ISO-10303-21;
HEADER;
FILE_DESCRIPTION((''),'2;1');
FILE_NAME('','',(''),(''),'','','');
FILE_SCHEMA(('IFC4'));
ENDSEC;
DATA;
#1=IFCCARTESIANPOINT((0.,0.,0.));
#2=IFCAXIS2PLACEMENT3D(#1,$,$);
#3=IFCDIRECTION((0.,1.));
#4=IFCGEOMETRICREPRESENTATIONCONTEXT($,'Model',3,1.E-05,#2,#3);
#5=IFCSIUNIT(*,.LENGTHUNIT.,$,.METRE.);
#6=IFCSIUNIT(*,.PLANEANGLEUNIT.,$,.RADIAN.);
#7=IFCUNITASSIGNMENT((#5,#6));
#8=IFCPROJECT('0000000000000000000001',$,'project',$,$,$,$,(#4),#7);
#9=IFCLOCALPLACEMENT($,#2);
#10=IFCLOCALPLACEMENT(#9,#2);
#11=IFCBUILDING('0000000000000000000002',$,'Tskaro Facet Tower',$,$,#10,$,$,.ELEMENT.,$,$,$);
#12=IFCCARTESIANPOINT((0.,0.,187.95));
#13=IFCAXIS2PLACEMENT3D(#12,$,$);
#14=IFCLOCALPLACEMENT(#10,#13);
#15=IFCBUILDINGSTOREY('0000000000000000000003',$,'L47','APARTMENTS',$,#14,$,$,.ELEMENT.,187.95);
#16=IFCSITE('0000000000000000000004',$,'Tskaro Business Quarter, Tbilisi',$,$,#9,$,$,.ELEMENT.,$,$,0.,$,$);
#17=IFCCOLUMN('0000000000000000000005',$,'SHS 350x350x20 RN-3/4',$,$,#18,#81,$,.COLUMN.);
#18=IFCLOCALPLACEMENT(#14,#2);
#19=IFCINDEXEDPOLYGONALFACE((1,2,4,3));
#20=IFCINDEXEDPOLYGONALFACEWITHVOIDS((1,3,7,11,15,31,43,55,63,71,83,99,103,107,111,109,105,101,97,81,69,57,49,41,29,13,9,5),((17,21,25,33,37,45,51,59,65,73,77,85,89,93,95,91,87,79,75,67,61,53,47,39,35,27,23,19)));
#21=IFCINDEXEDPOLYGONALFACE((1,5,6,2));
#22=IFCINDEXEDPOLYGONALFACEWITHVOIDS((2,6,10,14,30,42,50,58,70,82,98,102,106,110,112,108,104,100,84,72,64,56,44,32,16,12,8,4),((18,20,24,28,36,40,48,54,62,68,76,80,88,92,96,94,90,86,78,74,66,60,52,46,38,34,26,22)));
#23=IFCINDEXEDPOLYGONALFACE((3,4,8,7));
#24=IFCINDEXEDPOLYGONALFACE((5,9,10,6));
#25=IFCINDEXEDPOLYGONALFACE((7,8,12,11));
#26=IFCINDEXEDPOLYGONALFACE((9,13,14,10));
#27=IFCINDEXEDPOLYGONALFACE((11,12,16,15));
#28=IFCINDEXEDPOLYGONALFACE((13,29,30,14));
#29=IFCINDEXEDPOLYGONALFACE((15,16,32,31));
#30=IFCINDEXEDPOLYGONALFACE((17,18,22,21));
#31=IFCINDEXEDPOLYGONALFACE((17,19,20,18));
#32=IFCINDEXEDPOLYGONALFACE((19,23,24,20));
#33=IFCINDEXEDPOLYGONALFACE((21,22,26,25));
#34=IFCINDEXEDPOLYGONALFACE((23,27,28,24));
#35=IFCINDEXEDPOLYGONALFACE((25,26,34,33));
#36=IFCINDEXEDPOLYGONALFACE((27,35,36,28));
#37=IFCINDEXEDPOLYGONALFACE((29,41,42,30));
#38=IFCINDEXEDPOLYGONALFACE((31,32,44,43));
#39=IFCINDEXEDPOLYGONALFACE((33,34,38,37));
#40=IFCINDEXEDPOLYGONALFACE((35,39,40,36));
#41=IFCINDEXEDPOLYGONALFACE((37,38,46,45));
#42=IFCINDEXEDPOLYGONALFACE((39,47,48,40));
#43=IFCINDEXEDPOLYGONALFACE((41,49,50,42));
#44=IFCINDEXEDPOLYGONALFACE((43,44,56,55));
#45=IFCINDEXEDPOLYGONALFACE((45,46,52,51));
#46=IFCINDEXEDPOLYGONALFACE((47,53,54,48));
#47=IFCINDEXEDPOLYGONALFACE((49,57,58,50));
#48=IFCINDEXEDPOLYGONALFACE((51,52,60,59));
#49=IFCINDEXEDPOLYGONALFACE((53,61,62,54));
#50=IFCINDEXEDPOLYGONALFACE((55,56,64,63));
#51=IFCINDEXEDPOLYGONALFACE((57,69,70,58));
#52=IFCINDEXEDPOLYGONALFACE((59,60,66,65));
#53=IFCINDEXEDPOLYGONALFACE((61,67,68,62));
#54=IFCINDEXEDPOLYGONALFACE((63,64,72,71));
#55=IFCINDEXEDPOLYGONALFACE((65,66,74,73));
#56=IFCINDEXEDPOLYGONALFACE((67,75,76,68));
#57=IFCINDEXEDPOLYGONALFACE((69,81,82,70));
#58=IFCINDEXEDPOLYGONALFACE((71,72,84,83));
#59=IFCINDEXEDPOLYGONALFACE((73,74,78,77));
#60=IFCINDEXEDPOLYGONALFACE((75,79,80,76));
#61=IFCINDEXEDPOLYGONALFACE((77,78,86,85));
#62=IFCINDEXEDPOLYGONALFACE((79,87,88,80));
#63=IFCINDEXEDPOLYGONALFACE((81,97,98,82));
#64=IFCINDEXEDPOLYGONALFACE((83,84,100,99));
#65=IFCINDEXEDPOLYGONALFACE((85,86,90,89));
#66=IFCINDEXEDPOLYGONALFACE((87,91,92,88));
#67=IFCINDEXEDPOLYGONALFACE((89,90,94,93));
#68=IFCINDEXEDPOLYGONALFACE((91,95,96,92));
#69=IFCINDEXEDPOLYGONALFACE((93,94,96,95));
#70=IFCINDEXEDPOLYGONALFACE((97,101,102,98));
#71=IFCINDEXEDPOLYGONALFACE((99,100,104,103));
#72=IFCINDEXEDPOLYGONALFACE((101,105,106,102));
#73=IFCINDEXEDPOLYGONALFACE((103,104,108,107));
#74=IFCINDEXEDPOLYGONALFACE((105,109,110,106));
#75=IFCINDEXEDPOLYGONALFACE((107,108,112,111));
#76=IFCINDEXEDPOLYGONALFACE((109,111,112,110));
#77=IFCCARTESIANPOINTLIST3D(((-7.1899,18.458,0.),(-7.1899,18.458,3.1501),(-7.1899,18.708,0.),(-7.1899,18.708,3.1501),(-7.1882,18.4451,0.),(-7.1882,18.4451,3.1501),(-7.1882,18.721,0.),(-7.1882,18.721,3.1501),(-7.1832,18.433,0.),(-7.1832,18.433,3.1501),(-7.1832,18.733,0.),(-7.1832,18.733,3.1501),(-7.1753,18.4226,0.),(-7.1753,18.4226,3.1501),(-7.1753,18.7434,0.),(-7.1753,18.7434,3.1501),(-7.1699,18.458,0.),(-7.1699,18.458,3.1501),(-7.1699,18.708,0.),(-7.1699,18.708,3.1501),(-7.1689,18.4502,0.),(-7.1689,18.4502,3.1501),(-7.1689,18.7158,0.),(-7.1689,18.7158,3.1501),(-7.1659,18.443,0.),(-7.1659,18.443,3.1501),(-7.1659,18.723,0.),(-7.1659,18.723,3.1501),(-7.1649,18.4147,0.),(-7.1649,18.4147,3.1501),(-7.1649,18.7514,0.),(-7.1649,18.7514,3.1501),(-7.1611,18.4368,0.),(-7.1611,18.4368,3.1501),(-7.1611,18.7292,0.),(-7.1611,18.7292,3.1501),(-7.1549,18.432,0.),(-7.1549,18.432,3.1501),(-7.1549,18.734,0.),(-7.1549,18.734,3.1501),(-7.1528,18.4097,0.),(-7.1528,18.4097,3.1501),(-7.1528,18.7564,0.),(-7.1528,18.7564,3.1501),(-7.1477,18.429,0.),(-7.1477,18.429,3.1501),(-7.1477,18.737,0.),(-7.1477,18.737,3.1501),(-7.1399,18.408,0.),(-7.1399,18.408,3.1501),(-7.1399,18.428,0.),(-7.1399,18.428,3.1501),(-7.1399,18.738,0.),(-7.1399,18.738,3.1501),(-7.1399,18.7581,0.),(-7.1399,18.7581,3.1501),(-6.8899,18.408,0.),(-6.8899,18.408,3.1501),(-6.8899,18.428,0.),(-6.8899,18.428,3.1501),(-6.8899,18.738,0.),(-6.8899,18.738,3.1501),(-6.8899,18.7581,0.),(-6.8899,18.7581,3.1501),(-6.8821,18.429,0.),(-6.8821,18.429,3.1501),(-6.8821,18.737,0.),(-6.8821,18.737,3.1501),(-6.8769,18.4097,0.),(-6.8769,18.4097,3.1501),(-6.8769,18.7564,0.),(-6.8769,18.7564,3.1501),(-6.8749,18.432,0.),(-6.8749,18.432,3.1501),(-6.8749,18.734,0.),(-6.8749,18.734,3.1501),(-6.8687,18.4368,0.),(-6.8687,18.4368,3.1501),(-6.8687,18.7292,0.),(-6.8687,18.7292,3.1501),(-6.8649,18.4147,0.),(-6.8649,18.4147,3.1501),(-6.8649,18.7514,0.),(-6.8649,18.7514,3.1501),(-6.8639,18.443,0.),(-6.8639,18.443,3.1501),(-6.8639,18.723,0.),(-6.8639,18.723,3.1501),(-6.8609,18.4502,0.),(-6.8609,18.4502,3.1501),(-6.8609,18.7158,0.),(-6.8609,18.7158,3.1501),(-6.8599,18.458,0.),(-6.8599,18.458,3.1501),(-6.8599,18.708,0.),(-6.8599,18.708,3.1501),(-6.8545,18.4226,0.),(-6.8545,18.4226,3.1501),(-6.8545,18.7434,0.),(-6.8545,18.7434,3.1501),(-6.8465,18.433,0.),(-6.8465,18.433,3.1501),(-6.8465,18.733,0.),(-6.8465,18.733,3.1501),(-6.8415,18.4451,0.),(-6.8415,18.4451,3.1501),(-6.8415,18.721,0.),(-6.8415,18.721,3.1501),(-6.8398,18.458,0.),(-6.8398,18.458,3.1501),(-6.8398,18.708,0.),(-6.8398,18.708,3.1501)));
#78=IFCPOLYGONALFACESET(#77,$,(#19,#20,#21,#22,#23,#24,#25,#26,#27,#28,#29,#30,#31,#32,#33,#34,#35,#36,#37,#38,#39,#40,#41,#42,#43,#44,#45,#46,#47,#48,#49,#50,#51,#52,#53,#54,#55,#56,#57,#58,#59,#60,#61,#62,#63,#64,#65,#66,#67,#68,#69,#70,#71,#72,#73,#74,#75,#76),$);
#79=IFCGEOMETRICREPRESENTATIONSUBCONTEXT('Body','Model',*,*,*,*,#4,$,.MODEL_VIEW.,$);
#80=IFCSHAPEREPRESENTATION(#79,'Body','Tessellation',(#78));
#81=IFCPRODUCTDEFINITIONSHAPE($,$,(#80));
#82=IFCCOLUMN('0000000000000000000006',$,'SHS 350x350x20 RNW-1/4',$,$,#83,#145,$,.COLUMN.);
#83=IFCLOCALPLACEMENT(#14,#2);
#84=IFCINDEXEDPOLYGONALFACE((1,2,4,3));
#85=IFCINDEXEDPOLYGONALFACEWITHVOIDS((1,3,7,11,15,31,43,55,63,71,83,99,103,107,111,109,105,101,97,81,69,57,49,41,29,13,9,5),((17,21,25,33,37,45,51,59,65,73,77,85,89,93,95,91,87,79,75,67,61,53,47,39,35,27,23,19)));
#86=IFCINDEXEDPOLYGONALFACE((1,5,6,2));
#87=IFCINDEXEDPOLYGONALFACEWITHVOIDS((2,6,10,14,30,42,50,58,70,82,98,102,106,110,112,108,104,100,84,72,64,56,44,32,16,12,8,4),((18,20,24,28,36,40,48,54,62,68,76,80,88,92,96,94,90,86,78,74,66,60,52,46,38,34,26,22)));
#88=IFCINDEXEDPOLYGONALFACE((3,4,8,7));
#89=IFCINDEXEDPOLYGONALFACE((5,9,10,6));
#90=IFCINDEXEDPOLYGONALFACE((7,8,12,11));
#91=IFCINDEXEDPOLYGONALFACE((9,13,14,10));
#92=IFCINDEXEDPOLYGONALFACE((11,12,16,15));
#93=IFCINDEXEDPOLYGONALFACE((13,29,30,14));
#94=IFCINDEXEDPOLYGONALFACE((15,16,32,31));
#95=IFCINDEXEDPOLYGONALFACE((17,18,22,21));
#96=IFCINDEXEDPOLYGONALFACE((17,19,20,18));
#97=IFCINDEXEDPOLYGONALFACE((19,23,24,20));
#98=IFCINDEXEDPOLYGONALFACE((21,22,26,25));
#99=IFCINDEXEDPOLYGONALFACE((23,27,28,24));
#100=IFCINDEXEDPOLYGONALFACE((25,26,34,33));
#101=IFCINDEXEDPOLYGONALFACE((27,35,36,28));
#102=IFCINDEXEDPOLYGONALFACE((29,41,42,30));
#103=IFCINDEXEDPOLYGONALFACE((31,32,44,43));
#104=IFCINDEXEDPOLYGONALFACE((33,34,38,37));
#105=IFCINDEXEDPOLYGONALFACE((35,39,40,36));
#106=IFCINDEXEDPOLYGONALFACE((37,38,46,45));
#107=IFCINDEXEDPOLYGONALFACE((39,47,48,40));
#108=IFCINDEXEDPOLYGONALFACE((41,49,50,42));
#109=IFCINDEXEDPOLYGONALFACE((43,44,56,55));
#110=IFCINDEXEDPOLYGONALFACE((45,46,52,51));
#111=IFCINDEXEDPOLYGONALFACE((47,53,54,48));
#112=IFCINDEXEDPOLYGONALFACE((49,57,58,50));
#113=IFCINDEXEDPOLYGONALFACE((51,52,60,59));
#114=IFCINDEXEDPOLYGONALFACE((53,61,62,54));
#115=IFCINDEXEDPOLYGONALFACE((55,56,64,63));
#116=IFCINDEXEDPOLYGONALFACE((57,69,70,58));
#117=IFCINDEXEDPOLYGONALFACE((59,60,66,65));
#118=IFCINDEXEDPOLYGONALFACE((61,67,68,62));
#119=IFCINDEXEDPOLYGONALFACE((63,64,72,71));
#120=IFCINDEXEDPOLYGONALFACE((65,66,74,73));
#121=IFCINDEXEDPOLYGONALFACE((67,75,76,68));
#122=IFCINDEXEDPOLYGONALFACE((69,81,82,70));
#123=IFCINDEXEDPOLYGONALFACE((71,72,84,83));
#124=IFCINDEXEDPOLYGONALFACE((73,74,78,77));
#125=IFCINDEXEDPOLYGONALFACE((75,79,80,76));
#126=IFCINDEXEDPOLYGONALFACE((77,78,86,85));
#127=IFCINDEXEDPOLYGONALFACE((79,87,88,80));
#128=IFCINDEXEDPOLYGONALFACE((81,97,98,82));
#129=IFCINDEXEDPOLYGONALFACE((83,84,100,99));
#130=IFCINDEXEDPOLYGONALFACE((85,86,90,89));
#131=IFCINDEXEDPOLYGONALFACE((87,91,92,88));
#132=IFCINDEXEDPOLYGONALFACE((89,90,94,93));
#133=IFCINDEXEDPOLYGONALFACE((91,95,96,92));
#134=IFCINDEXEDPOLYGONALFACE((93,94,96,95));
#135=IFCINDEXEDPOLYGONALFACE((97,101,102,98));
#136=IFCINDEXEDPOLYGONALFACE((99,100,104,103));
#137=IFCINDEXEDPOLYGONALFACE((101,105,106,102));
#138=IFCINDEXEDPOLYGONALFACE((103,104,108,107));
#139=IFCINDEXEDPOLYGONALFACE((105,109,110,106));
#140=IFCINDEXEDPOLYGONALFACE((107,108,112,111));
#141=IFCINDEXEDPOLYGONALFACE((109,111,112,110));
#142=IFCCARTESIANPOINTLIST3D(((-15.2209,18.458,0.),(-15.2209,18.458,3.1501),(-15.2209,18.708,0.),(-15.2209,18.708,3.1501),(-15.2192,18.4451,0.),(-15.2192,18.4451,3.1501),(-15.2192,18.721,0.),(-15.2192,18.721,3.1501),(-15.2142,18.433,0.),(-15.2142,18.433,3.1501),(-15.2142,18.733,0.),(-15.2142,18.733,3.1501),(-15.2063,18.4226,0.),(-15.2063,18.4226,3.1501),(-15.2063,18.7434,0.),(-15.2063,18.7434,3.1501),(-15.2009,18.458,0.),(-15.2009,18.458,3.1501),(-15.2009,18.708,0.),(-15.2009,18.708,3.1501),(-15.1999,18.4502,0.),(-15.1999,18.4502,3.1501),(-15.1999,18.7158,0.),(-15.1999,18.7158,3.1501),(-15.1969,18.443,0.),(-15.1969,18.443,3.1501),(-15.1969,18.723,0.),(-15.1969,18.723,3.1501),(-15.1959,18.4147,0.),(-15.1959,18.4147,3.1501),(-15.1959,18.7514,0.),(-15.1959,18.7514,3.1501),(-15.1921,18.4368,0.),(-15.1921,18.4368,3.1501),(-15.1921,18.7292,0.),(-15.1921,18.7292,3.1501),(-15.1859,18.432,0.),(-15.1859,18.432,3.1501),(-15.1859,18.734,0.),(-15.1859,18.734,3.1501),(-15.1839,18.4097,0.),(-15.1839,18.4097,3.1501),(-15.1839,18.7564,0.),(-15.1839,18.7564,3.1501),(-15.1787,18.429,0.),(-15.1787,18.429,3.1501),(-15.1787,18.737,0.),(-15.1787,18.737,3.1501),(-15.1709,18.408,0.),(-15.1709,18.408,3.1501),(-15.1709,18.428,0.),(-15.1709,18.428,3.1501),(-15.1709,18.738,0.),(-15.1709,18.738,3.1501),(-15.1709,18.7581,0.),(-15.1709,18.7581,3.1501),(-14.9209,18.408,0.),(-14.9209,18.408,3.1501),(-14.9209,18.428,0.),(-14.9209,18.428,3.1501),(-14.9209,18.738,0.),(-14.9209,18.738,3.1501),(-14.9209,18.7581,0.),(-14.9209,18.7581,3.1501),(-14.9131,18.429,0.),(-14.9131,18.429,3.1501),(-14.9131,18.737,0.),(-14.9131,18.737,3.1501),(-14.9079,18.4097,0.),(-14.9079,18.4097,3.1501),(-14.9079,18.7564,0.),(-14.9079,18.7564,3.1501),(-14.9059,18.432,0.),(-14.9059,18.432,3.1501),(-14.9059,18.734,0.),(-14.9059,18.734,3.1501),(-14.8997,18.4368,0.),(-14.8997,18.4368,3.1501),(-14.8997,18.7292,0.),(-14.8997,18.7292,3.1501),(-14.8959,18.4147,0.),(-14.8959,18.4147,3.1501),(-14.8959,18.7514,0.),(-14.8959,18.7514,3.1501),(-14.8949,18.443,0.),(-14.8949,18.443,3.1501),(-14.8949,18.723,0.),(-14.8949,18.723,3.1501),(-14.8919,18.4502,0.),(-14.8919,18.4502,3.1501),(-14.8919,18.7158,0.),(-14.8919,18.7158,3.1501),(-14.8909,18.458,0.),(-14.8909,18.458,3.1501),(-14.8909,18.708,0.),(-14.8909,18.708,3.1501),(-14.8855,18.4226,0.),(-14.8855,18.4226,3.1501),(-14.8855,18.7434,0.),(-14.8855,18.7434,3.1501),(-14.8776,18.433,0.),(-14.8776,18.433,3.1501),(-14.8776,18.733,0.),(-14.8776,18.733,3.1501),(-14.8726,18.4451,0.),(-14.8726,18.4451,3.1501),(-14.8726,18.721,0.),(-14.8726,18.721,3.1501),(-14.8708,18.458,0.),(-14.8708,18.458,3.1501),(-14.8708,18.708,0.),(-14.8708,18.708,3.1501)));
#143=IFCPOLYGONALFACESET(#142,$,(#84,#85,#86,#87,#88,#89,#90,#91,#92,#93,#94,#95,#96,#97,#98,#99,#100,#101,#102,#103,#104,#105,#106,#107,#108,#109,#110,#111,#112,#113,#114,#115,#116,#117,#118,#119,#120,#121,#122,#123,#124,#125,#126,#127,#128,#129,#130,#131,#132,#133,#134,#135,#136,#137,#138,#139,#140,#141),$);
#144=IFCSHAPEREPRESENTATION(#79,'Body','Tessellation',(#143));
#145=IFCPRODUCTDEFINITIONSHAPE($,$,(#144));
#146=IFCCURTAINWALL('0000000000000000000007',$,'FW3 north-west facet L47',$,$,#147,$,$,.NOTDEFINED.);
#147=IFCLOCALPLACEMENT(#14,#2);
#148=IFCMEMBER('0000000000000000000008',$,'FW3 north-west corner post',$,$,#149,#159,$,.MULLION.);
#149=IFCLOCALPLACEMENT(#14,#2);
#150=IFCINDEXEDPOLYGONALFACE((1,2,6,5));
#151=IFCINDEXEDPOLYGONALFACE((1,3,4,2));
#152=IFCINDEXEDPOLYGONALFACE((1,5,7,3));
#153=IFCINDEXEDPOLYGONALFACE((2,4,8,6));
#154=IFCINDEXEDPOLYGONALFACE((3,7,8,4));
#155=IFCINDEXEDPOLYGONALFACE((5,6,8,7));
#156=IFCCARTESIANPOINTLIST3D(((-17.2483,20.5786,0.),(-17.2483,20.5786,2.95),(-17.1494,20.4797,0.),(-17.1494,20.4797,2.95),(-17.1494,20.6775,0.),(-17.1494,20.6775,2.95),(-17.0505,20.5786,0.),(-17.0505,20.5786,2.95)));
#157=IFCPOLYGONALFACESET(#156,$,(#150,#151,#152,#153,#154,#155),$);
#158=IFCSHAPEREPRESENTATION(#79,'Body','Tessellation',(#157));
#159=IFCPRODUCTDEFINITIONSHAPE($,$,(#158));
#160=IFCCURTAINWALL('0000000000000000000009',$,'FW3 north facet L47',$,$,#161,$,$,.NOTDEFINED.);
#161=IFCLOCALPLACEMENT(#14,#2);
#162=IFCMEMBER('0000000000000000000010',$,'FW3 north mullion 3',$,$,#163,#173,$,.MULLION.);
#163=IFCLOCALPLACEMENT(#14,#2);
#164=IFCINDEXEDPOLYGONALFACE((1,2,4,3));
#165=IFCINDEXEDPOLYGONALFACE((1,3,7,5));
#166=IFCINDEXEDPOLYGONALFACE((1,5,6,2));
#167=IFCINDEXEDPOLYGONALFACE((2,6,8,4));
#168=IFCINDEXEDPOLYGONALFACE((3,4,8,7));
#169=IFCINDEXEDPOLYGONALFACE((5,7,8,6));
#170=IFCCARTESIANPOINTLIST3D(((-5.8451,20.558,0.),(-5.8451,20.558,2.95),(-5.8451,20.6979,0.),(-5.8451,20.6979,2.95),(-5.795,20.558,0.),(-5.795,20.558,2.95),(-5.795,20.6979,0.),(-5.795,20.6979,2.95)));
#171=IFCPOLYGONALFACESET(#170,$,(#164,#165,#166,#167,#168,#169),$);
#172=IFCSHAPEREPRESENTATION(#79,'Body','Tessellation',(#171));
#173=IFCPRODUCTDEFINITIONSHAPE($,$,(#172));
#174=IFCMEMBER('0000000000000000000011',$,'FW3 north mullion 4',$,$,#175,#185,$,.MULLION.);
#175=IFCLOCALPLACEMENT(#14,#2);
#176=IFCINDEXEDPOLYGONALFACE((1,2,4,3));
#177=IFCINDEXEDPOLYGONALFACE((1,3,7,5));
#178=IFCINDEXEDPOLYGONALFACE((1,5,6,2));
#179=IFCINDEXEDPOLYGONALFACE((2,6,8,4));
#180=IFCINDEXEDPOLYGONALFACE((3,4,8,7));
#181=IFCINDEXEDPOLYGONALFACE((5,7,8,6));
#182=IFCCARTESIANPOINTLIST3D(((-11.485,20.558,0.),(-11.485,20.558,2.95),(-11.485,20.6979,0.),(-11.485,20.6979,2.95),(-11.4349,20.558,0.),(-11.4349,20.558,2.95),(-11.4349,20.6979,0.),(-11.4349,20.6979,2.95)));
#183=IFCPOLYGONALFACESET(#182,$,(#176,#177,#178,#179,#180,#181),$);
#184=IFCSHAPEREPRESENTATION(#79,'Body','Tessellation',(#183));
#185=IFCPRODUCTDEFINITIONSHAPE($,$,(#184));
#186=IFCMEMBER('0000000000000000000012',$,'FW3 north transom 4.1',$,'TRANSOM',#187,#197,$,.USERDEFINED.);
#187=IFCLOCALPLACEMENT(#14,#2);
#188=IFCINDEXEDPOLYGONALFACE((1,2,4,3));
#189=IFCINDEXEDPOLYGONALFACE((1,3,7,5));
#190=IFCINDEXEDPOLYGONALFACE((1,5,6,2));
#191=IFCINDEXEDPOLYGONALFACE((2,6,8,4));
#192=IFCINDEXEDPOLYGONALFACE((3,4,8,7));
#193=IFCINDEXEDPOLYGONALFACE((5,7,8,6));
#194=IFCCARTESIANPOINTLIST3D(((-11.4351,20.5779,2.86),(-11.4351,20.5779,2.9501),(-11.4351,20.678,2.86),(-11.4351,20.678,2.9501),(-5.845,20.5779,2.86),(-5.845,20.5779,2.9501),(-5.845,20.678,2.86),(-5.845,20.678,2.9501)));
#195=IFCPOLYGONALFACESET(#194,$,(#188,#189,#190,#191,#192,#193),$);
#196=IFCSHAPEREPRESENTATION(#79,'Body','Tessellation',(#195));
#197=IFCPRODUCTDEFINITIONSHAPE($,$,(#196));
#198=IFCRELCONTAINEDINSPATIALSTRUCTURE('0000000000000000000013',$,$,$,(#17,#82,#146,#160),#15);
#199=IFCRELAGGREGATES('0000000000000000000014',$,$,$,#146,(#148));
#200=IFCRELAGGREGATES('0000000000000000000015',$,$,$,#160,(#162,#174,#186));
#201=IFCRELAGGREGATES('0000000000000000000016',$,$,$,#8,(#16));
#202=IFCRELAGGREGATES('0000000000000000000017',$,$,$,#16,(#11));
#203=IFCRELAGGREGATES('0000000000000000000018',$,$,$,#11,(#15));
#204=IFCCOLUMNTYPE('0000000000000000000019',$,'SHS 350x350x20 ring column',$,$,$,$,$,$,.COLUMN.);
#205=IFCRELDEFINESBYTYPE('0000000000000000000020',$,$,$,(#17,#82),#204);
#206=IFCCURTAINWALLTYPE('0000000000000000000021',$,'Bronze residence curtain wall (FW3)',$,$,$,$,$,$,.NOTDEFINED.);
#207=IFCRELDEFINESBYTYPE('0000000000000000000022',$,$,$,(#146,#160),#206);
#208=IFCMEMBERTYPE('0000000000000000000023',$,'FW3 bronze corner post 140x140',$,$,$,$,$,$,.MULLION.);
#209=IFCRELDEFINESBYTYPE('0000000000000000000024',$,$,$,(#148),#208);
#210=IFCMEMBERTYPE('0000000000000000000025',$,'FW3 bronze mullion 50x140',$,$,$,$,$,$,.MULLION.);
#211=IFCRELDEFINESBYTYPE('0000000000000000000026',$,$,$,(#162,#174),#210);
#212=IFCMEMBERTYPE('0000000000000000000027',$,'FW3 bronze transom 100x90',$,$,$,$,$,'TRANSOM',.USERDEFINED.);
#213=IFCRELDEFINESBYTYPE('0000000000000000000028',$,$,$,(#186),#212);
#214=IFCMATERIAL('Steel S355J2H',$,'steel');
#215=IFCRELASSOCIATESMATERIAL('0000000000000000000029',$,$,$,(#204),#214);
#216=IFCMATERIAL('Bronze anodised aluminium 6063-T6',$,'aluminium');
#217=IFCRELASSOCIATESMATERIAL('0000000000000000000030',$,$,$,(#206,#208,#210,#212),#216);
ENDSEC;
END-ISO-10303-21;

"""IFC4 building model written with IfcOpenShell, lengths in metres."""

from ifc_helpers import new_model, si_unit, direction, frame, origin, origin_2d, place, context, subcontext, project, spatial, rectangle, hollow_rectangle, extrude, material, material_profile, profile_set, type_object, element, aggregate, save


model = new_model("IFC4")

# Units and contexts
model_context = context("Model", 3, precision=1e-05, world=origin(), true_north=direction((0.0, 1.0)))
body_context = subcontext(model_context, "Body", "Model", "MODEL_VIEW")
ifc_project = project(units=[si_unit("LENGTHUNIT", "METRE"), si_unit("PLANEANGLEUNIT", "RADIAN")], contexts=[model_context])

# Site, building, storey
site_placement = place(None, origin())
site = spatial("IfcSite", under=ifc_project, at=site_placement, Name="Tskaro Business Quarter, Tbilisi", CompositionType="ELEMENT", RefElevation=0.0)
building_placement = place(site_placement, origin())
building = spatial("IfcBuilding", under=site, at=building_placement, Name="Tskaro Facet Tower", CompositionType="ELEMENT")
storey_placement = place(building_placement, frame((0.0, 0.0, 187.95)))
storey = spatial("IfcBuildingStorey", under=building, at=storey_placement, Name="L47", Description="APARTMENTS", CompositionType="ELEMENT", Elevation=187.95)

# Columns
ifc_material_1 = material(Name="Steel S355J2H", Category="steel")
ifc_material_profile_1 = material_profile(ifc_material_1, hollow_rectangle(XDim=0.3501, YDim=0.3501, WallThickness=0.02, InnerFilletRadius=0.03, OuterFilletRadius=0.05, at=origin_2d()), Name="SHS 350x350x20")
ifc_profile_set_1 = profile_set([ifc_material_profile_1], Name="Steel S355J2H")
column_type = type_object("IfcColumnType", Name="SHS 350x350x20 ring column", PredefinedType="COLUMN", material=ifc_profile_set_1)
for number, where, z_axis, x_axis, name in (
    (1, (-7.0149, 18.583, 0.0), (0.0, 0.0, 1.0), (1.0, 0.0, 0.0), "SHS 350x350x20 RN-3/4"),
    (2, (-15.0459, 18.583, 0.0), (0.0, 0.0, 1.0), (1.0, 0.0, 0.0), "SHS 350x350x20 RNW-1/4"),
):
    element("IfcColumn", number, at=place(storey_placement, frame(where, z_axis=z_axis, x_axis=x_axis)), inside=storey, type_object=column_type, Name=name, PredefinedType="COLUMN", context=body_context, shape_type="SweptSolid", body=[
        extrude(hollow_rectangle(XDim=0.3501, YDim=0.3501, WallThickness=0.02, InnerFilletRadius=0.03, OuterFilletRadius=0.05, at=origin_2d()), origin(), (0.0, 0.0, 1.0), 3.1501),
    ])

# Curtain wall, member
ifc_material_2 = material(Name="Bronze anodised aluminium 6063-T6", Category="aluminium")
curtain_wall_type = type_object("IfcCurtainWallType", Name="Bronze residence curtain wall (FW3)", PredefinedType="NOTDEFINED", material=ifc_material_2)
curtain_wall_1_placement = place(storey_placement, origin())
curtain_wall_1 = element("IfcCurtainWall", 3, at=curtain_wall_1_placement, inside=storey, type_object=curtain_wall_type, Name="FW3 north-west facet L47", PredefinedType="NOTDEFINED")
ifc_material_profile_2 = material_profile(ifc_material_2, rectangle(XDim=0.1399, YDim=0.1399, at=origin_2d()), Name="Corner post 140x140")
ifc_profile_set_2 = profile_set([ifc_material_profile_2], Name="Bronze anodised aluminium 6063-T6")
member_type_1 = type_object("IfcMemberType", Name="FW3 bronze corner post 140x140", PredefinedType="MULLION", material=ifc_profile_set_2)
member_1_placement = place(storey_placement, frame((-17.1494, 20.5786, 0.0), z_axis=(0.0, 0.0, 1.0), x_axis=(-0.707107, -0.707107, 0.0)))
member_1 = element("IfcMember", 4, at=member_1_placement, type_object=member_type_1, Name="FW3 north-west corner post", PredefinedType="MULLION", context=body_context, shape_type="SweptSolid", body=[
    extrude(rectangle(XDim=0.1399, YDim=0.1399, at=origin_2d()), origin(), (0.0, 0.0, 1.0), 2.95),
])

# Curtain wall, members
curtain_wall_2_placement = place(storey_placement, origin())
curtain_wall_2 = element("IfcCurtainWall", 5, at=curtain_wall_2_placement, inside=storey, type_object=curtain_wall_type, Name="FW3 north facet L47", PredefinedType="NOTDEFINED")
ifc_material_profile_3 = material_profile(ifc_material_2, rectangle(XDim=0.05, YDim=0.1399, at=origin_2d()), Name="Mullion 50x140")
ifc_profile_set_3 = profile_set([ifc_material_profile_3], Name="Bronze anodised aluminium 6063-T6")
member_type_2 = type_object("IfcMemberType", Name="FW3 bronze mullion 50x140", PredefinedType="MULLION", material=ifc_profile_set_3)
member_2_placement = place(storey_placement, frame((-5.8201, 20.6279, 0.0), z_axis=(0.0, 0.0, 1.0), x_axis=(-1.0, 0.0, 0.0)))
member_2 = element("IfcMember", 6, at=member_2_placement, type_object=member_type_2, Name="FW3 north mullion 3", PredefinedType="MULLION", context=body_context, shape_type="SweptSolid", body=[
    extrude(rectangle(XDim=0.05, YDim=0.1399, at=origin_2d()), origin(), (0.0, 0.0, 1.0), 2.95),
])
member_3_placement = place(storey_placement, frame((-11.46, 20.6279, 0.0), z_axis=(0.0, 0.0, 1.0), x_axis=(-1.0, 0.0, 0.0)))
member_3 = element("IfcMember", 7, at=member_3_placement, type_object=member_type_2, Name="FW3 north mullion 4", PredefinedType="MULLION", context=body_context, shape_type="SweptSolid", body=[
    extrude(rectangle(XDim=0.05, YDim=0.1399, at=origin_2d()), origin(), (0.0, 0.0, 1.0), 2.95),
])
ifc_material_profile_4 = material_profile(ifc_material_2, rectangle(XDim=0.1001, YDim=0.0901, at=origin_2d()), Name="Transom 100x90")
ifc_profile_set_4 = profile_set([ifc_material_profile_4], Name="Bronze anodised aluminium 6063-T6")
member_type_3 = type_object("IfcMemberType", Name="FW3 bronze transom 100x90", ElementType="TRANSOM", PredefinedType="USERDEFINED", material=ifc_profile_set_4)
member_4_placement = place(storey_placement, frame((-5.845, 20.6279, 2.905), z_axis=(-1.0, 0.0, 0.0), x_axis=(0.0, -1.0, 0.0)))
member_4 = element("IfcMember", 8, at=member_4_placement, type_object=member_type_3, Name="FW3 north transom 4.1", ObjectType="TRANSOM", PredefinedType="USERDEFINED", context=body_context, shape_type="SweptSolid", body=[
    extrude(rectangle(XDim=0.1001, YDim=0.0901, at=origin_2d()), origin(), (0.0, 0.0, 1.0), 5.5901),
])

aggregate(curtain_wall_1, [member_1])

aggregate(curtain_wall_2, [member_2, member_3, member_4])

save(model, "model.ifc")
